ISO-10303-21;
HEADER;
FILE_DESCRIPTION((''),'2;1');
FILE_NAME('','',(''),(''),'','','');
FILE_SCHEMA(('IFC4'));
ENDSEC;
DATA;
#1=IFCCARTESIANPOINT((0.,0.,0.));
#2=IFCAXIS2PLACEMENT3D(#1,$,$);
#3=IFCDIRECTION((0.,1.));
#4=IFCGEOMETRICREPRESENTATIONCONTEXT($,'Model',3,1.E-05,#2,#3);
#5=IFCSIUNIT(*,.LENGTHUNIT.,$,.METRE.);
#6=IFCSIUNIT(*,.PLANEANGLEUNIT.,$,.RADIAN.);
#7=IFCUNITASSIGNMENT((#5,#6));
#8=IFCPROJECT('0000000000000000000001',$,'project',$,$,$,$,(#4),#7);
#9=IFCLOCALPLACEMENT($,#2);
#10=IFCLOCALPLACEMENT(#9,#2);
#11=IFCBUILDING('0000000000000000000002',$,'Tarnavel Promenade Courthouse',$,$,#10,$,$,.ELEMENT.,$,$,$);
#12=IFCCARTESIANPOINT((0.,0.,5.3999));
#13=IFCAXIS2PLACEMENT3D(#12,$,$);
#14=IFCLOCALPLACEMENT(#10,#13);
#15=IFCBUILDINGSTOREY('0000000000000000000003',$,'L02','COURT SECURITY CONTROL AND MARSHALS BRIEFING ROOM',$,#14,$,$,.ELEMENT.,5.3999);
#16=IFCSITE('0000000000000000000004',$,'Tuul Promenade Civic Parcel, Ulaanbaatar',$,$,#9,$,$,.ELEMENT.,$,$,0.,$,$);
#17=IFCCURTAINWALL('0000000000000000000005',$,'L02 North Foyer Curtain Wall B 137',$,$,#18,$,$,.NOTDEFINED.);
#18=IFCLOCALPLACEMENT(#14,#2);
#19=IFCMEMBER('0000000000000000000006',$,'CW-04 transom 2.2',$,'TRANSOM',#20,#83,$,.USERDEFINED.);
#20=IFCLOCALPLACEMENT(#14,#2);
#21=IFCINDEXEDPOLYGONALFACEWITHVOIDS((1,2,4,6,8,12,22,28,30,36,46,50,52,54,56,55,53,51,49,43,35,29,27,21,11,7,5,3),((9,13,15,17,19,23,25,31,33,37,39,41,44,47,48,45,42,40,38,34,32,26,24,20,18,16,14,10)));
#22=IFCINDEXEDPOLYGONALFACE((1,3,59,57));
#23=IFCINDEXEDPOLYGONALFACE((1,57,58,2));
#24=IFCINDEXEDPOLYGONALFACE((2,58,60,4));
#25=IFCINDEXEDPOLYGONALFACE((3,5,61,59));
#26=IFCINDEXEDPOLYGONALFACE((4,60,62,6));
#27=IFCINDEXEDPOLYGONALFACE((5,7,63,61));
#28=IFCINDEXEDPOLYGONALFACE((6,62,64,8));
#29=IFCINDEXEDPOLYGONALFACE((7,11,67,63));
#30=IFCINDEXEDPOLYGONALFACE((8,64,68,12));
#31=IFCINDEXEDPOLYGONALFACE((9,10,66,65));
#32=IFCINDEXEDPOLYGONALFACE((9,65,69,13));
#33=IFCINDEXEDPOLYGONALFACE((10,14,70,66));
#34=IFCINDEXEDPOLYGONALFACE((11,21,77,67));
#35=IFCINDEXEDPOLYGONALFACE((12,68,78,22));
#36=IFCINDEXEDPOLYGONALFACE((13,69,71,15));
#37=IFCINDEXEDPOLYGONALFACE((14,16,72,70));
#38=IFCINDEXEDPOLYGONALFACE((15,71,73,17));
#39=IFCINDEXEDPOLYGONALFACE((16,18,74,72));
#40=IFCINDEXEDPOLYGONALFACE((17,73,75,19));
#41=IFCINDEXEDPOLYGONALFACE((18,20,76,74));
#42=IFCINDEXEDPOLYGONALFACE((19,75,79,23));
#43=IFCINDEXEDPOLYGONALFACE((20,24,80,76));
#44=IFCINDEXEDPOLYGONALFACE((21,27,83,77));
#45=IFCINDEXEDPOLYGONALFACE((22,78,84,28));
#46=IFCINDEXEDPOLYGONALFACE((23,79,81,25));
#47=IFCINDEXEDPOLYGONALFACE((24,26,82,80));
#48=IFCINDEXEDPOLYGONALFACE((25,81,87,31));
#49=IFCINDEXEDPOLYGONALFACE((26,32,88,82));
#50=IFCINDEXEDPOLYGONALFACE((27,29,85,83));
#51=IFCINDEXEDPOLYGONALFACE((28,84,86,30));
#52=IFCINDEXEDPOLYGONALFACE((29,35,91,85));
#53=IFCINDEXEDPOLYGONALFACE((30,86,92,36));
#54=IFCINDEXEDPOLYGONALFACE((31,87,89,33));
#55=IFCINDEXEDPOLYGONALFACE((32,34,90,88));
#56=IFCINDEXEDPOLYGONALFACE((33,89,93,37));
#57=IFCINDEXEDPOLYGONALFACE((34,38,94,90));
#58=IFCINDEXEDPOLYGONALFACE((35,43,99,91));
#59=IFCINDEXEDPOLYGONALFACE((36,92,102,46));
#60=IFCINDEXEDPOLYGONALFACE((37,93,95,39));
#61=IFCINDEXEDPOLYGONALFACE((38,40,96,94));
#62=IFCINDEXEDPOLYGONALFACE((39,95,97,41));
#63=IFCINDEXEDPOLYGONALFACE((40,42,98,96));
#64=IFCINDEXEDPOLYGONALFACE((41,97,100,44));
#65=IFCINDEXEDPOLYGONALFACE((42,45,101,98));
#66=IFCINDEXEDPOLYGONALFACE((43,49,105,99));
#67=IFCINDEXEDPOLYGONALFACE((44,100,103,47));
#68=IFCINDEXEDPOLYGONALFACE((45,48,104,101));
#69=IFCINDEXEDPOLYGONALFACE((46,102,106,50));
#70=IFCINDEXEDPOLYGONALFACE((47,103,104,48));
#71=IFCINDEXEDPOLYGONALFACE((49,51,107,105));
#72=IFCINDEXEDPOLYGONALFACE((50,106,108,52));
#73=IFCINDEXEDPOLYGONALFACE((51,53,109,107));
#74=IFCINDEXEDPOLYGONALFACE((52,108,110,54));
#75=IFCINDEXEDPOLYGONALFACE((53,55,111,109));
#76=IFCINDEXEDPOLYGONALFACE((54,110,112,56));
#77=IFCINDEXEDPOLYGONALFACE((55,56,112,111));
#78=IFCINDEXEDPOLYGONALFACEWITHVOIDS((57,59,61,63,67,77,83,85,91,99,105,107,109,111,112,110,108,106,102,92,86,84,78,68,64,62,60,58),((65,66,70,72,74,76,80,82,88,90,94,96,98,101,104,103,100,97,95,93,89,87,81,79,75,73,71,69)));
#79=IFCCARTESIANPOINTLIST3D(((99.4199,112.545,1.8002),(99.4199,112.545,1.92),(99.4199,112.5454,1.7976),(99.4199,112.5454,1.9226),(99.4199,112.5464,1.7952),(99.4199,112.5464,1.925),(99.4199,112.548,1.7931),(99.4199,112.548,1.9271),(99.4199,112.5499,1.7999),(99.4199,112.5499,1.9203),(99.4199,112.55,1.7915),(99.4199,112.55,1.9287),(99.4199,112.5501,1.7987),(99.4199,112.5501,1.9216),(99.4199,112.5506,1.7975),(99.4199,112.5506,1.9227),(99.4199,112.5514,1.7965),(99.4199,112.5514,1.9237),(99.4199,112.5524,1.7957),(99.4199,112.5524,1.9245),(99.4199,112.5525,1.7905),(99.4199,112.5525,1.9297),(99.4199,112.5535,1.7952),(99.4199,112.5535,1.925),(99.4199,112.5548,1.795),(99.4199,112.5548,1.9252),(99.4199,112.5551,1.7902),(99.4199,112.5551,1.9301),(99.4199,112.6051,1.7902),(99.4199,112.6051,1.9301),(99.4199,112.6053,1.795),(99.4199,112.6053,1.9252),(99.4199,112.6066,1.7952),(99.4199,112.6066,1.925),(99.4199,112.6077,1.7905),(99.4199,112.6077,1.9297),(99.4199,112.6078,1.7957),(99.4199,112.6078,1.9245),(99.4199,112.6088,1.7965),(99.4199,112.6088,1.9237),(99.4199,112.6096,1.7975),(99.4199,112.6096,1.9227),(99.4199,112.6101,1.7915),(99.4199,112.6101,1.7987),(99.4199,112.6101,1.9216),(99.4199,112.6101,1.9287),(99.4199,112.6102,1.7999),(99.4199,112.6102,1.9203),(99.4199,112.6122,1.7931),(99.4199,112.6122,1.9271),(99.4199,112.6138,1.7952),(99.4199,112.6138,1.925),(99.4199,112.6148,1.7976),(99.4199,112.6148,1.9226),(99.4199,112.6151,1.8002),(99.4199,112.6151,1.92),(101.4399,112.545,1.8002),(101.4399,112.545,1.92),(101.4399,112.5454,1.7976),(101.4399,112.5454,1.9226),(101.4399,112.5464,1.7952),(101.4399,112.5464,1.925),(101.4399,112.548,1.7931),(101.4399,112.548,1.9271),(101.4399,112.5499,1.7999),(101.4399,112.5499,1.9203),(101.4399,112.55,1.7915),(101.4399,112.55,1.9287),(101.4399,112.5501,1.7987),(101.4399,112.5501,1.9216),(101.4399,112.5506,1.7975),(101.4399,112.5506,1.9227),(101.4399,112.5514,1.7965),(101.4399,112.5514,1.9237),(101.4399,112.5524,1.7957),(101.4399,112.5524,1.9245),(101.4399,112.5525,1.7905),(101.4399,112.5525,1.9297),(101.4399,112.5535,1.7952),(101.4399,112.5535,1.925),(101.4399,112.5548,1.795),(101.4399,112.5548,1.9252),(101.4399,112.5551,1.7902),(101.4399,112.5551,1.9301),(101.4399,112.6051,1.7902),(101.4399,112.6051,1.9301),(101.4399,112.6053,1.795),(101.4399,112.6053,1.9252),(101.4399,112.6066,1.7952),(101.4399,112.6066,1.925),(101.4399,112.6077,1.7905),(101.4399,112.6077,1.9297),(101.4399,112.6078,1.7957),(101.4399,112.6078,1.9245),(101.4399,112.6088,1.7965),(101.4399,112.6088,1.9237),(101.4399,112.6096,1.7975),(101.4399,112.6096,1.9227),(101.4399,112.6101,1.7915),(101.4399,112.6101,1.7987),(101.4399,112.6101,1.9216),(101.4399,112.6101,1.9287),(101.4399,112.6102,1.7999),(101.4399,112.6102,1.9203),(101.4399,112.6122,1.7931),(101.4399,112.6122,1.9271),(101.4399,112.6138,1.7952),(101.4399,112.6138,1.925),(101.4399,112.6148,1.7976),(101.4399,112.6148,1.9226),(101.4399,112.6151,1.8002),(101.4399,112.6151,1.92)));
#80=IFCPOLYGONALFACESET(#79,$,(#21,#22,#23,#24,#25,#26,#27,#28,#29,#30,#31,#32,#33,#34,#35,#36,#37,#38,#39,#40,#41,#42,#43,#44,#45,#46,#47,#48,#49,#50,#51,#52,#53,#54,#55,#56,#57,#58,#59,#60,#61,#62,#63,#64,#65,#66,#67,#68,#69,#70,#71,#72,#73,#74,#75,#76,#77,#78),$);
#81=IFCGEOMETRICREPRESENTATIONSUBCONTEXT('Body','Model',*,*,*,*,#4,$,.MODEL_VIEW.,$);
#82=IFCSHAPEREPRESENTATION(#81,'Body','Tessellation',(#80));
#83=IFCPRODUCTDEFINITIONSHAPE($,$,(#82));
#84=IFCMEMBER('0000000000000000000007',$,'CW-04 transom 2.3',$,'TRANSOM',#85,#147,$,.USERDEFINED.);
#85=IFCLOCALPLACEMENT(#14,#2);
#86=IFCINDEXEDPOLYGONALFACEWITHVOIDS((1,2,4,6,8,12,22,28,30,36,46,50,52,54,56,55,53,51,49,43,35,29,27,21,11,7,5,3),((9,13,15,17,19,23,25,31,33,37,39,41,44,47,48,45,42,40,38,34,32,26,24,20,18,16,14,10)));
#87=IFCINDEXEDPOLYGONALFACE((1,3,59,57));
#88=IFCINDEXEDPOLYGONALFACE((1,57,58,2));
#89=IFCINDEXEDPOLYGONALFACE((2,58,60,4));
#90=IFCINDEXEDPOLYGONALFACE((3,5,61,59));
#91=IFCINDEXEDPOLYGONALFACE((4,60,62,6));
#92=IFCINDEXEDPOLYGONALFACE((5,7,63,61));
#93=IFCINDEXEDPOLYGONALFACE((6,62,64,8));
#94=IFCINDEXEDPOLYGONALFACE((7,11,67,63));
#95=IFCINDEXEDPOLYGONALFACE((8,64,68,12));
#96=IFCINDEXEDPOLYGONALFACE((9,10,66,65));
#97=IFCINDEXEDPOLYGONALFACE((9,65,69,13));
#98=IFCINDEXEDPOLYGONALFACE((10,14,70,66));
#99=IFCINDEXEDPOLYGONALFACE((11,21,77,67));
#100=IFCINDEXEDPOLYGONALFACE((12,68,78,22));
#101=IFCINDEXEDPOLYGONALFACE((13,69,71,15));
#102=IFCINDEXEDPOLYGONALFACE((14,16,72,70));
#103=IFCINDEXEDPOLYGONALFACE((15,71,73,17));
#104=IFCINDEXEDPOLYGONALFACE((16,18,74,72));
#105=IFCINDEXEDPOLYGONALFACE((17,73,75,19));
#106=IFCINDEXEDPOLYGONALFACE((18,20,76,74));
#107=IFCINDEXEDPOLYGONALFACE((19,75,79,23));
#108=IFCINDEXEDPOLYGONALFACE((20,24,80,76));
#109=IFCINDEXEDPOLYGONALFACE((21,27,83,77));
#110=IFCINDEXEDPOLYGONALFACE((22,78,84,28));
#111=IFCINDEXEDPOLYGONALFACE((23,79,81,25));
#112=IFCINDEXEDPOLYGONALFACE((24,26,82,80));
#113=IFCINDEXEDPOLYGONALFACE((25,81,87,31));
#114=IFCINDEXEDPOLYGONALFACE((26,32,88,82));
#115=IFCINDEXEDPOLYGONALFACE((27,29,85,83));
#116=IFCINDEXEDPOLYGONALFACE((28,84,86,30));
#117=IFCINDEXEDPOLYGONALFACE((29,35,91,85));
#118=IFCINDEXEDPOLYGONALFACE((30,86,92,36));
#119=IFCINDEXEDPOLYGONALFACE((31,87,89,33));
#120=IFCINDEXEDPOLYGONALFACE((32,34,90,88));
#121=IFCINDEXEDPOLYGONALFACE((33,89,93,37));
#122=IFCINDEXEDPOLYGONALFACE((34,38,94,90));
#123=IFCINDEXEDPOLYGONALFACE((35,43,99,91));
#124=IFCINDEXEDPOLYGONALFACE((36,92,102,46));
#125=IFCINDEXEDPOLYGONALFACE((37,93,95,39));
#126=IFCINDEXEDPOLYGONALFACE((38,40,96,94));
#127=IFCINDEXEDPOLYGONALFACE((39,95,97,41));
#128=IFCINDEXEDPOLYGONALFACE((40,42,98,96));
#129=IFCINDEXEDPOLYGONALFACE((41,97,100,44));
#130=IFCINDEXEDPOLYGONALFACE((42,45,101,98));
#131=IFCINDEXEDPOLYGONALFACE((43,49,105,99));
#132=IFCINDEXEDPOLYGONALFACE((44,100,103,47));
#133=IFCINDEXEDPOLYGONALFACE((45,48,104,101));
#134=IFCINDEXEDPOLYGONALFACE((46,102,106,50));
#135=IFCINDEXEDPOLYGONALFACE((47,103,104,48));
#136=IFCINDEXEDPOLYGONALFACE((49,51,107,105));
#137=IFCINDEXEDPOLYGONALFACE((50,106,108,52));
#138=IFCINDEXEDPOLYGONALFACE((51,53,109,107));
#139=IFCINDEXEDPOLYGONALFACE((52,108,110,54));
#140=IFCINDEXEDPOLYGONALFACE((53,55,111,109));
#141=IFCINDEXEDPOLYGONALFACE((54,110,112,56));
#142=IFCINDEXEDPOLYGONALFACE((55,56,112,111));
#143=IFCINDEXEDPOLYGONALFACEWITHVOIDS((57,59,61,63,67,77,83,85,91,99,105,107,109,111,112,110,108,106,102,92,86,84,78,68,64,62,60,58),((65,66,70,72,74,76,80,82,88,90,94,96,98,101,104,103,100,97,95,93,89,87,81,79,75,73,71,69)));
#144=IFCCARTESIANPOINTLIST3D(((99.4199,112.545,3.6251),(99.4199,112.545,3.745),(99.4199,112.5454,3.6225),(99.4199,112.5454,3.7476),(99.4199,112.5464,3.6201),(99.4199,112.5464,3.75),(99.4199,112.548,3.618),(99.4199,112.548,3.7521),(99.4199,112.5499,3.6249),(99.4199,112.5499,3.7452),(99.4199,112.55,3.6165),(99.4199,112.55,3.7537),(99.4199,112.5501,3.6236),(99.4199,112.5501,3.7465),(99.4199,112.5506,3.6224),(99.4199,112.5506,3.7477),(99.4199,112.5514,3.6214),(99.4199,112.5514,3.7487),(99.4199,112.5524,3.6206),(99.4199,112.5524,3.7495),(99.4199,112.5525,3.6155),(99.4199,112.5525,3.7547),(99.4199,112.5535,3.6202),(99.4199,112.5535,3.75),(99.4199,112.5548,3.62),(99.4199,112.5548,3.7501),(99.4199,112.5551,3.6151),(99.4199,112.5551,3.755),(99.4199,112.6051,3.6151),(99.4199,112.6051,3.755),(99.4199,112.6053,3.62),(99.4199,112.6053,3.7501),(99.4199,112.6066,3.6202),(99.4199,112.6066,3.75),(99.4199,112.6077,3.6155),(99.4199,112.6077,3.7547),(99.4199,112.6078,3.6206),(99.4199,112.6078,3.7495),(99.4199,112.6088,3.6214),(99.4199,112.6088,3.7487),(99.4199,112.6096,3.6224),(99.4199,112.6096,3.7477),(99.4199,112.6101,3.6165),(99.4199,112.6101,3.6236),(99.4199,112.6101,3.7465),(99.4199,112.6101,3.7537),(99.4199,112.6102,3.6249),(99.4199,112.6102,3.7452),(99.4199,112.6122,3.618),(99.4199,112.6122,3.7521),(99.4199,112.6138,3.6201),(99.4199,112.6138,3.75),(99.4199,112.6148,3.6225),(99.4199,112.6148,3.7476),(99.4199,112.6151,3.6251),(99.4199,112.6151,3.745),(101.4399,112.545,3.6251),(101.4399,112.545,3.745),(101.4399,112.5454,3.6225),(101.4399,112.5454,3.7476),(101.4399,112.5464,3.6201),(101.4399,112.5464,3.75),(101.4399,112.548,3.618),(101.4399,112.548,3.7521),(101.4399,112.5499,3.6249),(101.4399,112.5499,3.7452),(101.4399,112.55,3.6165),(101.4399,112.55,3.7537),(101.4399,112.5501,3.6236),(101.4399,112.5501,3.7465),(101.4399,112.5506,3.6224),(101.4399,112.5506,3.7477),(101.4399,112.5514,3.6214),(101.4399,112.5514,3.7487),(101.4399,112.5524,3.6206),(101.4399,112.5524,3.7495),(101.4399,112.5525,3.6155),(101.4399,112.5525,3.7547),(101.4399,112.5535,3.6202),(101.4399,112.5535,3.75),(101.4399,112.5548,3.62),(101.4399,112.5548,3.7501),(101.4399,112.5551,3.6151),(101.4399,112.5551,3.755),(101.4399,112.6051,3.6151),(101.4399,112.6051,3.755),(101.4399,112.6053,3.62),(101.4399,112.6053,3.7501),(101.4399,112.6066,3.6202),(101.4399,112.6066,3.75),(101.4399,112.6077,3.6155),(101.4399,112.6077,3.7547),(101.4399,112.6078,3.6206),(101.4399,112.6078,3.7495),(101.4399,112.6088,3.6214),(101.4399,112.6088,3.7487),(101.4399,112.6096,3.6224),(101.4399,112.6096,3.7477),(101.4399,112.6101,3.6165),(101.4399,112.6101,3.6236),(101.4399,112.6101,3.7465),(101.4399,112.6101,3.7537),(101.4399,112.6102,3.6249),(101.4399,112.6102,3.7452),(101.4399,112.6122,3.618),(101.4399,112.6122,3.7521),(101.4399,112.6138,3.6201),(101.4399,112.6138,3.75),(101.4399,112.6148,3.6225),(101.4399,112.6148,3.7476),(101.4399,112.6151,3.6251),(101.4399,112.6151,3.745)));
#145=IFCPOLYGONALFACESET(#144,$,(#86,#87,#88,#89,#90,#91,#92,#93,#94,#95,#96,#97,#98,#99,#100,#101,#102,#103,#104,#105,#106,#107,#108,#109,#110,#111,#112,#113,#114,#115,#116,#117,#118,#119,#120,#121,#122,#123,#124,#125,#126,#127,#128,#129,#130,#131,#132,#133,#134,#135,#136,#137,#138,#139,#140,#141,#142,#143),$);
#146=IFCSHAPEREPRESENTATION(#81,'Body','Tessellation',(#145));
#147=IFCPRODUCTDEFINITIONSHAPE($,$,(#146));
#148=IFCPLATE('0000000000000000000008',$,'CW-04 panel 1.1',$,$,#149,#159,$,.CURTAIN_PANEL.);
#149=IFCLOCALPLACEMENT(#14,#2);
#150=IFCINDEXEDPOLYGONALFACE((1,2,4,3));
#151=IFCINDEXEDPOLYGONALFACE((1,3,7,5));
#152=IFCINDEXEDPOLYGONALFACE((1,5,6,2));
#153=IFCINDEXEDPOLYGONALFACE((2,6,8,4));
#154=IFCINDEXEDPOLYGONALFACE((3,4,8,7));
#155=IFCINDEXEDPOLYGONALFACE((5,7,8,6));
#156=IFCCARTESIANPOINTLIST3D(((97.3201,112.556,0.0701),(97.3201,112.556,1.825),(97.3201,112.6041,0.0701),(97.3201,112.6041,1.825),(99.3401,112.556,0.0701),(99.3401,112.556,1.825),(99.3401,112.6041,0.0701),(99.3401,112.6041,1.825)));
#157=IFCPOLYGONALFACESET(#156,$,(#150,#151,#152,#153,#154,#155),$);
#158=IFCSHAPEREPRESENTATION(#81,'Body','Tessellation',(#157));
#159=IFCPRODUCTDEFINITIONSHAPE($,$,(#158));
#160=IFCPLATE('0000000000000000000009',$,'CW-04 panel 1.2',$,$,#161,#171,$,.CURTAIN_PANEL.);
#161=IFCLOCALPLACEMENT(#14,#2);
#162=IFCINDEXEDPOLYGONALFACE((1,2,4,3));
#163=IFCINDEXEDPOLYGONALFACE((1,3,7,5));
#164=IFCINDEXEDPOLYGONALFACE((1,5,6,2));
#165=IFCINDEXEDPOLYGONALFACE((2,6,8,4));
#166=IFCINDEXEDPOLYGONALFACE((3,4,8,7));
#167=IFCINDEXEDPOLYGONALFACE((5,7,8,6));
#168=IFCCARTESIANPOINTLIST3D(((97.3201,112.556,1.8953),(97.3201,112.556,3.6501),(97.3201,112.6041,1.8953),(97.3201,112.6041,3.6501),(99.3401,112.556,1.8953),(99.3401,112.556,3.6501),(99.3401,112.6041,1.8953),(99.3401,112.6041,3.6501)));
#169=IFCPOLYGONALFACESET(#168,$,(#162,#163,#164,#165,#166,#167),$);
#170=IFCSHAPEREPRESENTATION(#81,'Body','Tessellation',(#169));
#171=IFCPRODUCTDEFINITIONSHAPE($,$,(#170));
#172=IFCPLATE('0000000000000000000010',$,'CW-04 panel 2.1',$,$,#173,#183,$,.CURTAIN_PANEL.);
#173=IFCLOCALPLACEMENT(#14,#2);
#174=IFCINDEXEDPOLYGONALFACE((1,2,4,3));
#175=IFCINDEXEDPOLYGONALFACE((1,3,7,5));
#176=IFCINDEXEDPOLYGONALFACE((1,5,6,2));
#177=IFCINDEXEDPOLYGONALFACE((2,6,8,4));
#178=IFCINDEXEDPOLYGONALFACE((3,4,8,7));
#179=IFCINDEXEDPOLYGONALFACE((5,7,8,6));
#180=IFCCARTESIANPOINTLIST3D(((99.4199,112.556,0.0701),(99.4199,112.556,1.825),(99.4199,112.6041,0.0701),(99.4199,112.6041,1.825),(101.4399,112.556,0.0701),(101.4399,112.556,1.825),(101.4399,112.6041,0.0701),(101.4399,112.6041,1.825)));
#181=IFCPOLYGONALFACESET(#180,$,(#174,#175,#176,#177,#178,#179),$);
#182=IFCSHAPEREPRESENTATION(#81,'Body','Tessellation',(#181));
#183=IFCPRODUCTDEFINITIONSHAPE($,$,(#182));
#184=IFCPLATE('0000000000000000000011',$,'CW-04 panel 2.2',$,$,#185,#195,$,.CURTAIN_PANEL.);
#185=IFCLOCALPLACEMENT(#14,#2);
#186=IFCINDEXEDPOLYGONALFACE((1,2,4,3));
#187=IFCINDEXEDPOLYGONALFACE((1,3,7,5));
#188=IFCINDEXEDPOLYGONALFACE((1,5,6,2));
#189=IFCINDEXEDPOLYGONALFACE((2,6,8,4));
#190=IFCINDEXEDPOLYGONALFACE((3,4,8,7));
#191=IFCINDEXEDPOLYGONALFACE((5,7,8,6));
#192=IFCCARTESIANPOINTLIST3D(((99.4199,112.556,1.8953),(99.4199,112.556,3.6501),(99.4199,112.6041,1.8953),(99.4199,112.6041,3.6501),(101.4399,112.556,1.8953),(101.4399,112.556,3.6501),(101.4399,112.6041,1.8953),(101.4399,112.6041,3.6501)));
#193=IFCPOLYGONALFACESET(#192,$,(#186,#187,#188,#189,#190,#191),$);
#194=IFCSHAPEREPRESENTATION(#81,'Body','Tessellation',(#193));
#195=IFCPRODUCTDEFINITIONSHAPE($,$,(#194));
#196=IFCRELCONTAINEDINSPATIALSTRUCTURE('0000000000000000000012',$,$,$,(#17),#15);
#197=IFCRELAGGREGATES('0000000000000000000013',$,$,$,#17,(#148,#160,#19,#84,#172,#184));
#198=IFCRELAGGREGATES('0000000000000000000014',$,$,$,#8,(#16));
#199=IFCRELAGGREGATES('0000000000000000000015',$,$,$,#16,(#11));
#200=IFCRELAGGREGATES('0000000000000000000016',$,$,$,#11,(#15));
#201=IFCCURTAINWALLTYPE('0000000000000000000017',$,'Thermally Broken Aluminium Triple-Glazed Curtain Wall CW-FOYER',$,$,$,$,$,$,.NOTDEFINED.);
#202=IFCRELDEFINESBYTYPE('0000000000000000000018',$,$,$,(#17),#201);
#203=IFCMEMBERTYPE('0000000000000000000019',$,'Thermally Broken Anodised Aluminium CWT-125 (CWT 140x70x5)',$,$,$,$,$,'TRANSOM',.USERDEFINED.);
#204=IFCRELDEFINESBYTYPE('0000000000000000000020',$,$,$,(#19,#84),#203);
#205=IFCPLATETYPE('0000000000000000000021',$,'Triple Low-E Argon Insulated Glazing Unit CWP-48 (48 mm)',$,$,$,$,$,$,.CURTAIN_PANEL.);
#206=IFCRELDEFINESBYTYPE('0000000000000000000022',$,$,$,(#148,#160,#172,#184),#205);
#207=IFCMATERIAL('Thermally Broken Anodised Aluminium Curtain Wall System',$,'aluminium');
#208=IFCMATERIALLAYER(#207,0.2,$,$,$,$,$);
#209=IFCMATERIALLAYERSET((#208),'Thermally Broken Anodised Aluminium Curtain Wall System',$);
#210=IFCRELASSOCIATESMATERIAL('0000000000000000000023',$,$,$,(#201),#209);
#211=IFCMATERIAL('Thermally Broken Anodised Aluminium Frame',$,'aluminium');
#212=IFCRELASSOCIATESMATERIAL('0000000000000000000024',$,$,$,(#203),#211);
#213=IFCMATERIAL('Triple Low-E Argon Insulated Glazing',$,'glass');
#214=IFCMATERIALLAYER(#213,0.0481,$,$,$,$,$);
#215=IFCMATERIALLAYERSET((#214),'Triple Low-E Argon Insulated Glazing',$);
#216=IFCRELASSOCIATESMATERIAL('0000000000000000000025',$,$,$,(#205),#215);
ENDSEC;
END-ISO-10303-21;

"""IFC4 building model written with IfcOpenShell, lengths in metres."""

from ifc_helpers import new_model, si_unit, direction, frame, origin, origin_2d, place, context, subcontext, project, spatial, rectangle, hollow_rectangle, extrude, material, layer, layer_set, material_profile, profile_set, type_object, element, aggregate, save


model = new_model("IFC4")

# Units and contexts
model_context = context("Model", 3, precision=1e-05, world=origin(), true_north=direction((0.0, 1.0)))
body_context = subcontext(model_context, "Body", "Model", "MODEL_VIEW")
ifc_project = project(units=[si_unit("LENGTHUNIT", "METRE"), si_unit("PLANEANGLEUNIT", "RADIAN")], contexts=[model_context])

# Site, building, storey
site_placement = place(None, origin())
site = spatial("IfcSite", under=ifc_project, at=site_placement, Name="Tuul Promenade Civic Parcel, Ulaanbaatar", CompositionType="ELEMENT", RefElevation=0.0)
building_placement = place(site_placement, origin())
building = spatial("IfcBuilding", under=site, at=building_placement, Name="Tarnavel Promenade Courthouse", CompositionType="ELEMENT")
storey_placement = place(building_placement, frame((0.0, 0.0, 5.3999)))
storey = spatial("IfcBuildingStorey", under=building, at=storey_placement, Name="L02", Description="COURT SECURITY CONTROL AND MARSHALS BRIEFING ROOM", CompositionType="ELEMENT", Elevation=5.3999)

# Shared definitions
ifc_material_1 = material(Name="Thermally Broken Anodised Aluminium Curtain Wall System", Category="aluminium")
ifc_layer_1 = layer(ifc_material_1, 0.2)
ifc_layer_set_1 = layer_set([ifc_layer_1], Name="Thermally Broken Anodised Aluminium Curtain Wall System")
curtain_wall_type = type_object("IfcCurtainWallType", Name="Thermally Broken Aluminium Triple-Glazed Curtain Wall CW-FOYER", PredefinedType="NOTDEFINED", material=ifc_layer_set_1)
ifc_material_2 = material(Name="Thermally Broken Anodised Aluminium Frame", Category="aluminium")

# Curtain wall, members, plates
curtain_wall_1_placement = place(storey_placement, origin())
curtain_wall_1 = element("IfcCurtainWall", 1, at=curtain_wall_1_placement, inside=storey, type_object=curtain_wall_type, Name="L02 North Foyer Curtain Wall B 137", PredefinedType="NOTDEFINED")
ifc_material_profile_1 = material_profile(ifc_material_2, hollow_rectangle(XDim=0.0701, YDim=0.1399, WallThickness=0.0049, InnerFilletRadius=0.0049, OuterFilletRadius=0.01, at=origin_2d()), Name="CWT 140x70x5")
ifc_profile_set_1 = profile_set([ifc_material_profile_1], Name="Thermally Broken Anodised Aluminium Frame")
member_type_1 = type_object("IfcMemberType", Name="Thermally Broken Anodised Aluminium CWT-125 (CWT 140x70x5)", ElementType="TRANSOM", PredefinedType="USERDEFINED", material=ifc_profile_set_1)
member_1_placement = place(storey_placement, frame((99.4199, 112.5801, 1.8601), z_axis=(1.0, 0.0, 0.0), x_axis=(0.0, 1.0, 0.0)))
member_1 = element("IfcMember", 2, at=member_1_placement, type_object=member_type_1, Name="CW-04 transom 2.2", ObjectType="TRANSOM", PredefinedType="USERDEFINED", context=body_context, shape_type="SweptSolid", body=[
    extrude(hollow_rectangle(XDim=0.0701, YDim=0.1399, WallThickness=0.0049, InnerFilletRadius=0.0049, OuterFilletRadius=0.01, at=origin_2d()), origin(), (0.0, 0.0, 1.0), 2.02),
])
member_2_placement = place(storey_placement, frame((99.4199, 112.5801, 3.6851), z_axis=(1.0, 0.0, 0.0), x_axis=(0.0, 1.0, 0.0)))
member_2 = element("IfcMember", 3, at=member_2_placement, type_object=member_type_1, Name="CW-04 transom 2.3", ObjectType="TRANSOM", PredefinedType="USERDEFINED", context=body_context, shape_type="SweptSolid", body=[
    extrude(hollow_rectangle(XDim=0.0701, YDim=0.1399, WallThickness=0.0049, InnerFilletRadius=0.0049, OuterFilletRadius=0.01, at=origin_2d()), origin(), (0.0, 0.0, 1.0), 2.02),
])
ifc_material_3 = material(Name="Triple Low-E Argon Insulated Glazing", Category="glass")
ifc_layer_2 = layer(ifc_material_3, 0.0481)
ifc_layer_set_2 = layer_set([ifc_layer_2], Name="Triple Low-E Argon Insulated Glazing")
plate_type = type_object("IfcPlateType", Name="Triple Low-E Argon Insulated Glazing Unit CWP-48 (48 mm)", PredefinedType="CURTAIN_PANEL", material=ifc_layer_set_2)
plate_1_placement = place(storey_placement, frame((98.3301, 112.5801, 0.0701), z_axis=(0.0, 0.0, 1.0), x_axis=(1.0, 0.0, 0.0)))
plate_1 = element("IfcPlate", 4, at=plate_1_placement, type_object=plate_type, Name="CW-04 panel 1.1", PredefinedType="CURTAIN_PANEL", context=body_context, shape_type="SweptSolid", body=[
    extrude(rectangle(XDim=2.02, YDim=0.0481, at=origin_2d()), origin(), (0.0, 0.0, 1.0), 1.7549),
])
plate_2_placement = place(storey_placement, frame((98.3301, 112.5801, 1.8953), z_axis=(0.0, 0.0, 1.0), x_axis=(1.0, 0.0, 0.0)))
plate_2 = element("IfcPlate", 5, at=plate_2_placement, type_object=plate_type, Name="CW-04 panel 1.2", PredefinedType="CURTAIN_PANEL", context=body_context, shape_type="SweptSolid", body=[
    extrude(rectangle(XDim=2.02, YDim=0.0481, at=origin_2d()), origin(), (0.0, 0.0, 1.0), 1.7549),
])
plate_3_placement = place(storey_placement, frame((100.4299, 112.5801, 0.0701), z_axis=(0.0, 0.0, 1.0), x_axis=(1.0, 0.0, 0.0)))
plate_3 = element("IfcPlate", 6, at=plate_3_placement, type_object=plate_type, Name="CW-04 panel 2.1", PredefinedType="CURTAIN_PANEL", context=body_context, shape_type="SweptSolid", body=[
    extrude(rectangle(XDim=2.02, YDim=0.0481, at=origin_2d()), origin(), (0.0, 0.0, 1.0), 1.7549),
])
plate_4_placement = place(storey_placement, frame((100.4299, 112.5801, 1.8953), z_axis=(0.0, 0.0, 1.0), x_axis=(1.0, 0.0, 0.0)))
plate_4 = element("IfcPlate", 7, at=plate_4_placement, type_object=plate_type, Name="CW-04 panel 2.2", PredefinedType="CURTAIN_PANEL", context=body_context, shape_type="SweptSolid", body=[
    extrude(rectangle(XDim=2.02, YDim=0.0481, at=origin_2d()), origin(), (0.0, 0.0, 1.0), 1.7549),
])
aggregate(curtain_wall_1, [plate_1, plate_2, member_1, member_2, plate_3, plate_4])

save(model, "model.ifc")
